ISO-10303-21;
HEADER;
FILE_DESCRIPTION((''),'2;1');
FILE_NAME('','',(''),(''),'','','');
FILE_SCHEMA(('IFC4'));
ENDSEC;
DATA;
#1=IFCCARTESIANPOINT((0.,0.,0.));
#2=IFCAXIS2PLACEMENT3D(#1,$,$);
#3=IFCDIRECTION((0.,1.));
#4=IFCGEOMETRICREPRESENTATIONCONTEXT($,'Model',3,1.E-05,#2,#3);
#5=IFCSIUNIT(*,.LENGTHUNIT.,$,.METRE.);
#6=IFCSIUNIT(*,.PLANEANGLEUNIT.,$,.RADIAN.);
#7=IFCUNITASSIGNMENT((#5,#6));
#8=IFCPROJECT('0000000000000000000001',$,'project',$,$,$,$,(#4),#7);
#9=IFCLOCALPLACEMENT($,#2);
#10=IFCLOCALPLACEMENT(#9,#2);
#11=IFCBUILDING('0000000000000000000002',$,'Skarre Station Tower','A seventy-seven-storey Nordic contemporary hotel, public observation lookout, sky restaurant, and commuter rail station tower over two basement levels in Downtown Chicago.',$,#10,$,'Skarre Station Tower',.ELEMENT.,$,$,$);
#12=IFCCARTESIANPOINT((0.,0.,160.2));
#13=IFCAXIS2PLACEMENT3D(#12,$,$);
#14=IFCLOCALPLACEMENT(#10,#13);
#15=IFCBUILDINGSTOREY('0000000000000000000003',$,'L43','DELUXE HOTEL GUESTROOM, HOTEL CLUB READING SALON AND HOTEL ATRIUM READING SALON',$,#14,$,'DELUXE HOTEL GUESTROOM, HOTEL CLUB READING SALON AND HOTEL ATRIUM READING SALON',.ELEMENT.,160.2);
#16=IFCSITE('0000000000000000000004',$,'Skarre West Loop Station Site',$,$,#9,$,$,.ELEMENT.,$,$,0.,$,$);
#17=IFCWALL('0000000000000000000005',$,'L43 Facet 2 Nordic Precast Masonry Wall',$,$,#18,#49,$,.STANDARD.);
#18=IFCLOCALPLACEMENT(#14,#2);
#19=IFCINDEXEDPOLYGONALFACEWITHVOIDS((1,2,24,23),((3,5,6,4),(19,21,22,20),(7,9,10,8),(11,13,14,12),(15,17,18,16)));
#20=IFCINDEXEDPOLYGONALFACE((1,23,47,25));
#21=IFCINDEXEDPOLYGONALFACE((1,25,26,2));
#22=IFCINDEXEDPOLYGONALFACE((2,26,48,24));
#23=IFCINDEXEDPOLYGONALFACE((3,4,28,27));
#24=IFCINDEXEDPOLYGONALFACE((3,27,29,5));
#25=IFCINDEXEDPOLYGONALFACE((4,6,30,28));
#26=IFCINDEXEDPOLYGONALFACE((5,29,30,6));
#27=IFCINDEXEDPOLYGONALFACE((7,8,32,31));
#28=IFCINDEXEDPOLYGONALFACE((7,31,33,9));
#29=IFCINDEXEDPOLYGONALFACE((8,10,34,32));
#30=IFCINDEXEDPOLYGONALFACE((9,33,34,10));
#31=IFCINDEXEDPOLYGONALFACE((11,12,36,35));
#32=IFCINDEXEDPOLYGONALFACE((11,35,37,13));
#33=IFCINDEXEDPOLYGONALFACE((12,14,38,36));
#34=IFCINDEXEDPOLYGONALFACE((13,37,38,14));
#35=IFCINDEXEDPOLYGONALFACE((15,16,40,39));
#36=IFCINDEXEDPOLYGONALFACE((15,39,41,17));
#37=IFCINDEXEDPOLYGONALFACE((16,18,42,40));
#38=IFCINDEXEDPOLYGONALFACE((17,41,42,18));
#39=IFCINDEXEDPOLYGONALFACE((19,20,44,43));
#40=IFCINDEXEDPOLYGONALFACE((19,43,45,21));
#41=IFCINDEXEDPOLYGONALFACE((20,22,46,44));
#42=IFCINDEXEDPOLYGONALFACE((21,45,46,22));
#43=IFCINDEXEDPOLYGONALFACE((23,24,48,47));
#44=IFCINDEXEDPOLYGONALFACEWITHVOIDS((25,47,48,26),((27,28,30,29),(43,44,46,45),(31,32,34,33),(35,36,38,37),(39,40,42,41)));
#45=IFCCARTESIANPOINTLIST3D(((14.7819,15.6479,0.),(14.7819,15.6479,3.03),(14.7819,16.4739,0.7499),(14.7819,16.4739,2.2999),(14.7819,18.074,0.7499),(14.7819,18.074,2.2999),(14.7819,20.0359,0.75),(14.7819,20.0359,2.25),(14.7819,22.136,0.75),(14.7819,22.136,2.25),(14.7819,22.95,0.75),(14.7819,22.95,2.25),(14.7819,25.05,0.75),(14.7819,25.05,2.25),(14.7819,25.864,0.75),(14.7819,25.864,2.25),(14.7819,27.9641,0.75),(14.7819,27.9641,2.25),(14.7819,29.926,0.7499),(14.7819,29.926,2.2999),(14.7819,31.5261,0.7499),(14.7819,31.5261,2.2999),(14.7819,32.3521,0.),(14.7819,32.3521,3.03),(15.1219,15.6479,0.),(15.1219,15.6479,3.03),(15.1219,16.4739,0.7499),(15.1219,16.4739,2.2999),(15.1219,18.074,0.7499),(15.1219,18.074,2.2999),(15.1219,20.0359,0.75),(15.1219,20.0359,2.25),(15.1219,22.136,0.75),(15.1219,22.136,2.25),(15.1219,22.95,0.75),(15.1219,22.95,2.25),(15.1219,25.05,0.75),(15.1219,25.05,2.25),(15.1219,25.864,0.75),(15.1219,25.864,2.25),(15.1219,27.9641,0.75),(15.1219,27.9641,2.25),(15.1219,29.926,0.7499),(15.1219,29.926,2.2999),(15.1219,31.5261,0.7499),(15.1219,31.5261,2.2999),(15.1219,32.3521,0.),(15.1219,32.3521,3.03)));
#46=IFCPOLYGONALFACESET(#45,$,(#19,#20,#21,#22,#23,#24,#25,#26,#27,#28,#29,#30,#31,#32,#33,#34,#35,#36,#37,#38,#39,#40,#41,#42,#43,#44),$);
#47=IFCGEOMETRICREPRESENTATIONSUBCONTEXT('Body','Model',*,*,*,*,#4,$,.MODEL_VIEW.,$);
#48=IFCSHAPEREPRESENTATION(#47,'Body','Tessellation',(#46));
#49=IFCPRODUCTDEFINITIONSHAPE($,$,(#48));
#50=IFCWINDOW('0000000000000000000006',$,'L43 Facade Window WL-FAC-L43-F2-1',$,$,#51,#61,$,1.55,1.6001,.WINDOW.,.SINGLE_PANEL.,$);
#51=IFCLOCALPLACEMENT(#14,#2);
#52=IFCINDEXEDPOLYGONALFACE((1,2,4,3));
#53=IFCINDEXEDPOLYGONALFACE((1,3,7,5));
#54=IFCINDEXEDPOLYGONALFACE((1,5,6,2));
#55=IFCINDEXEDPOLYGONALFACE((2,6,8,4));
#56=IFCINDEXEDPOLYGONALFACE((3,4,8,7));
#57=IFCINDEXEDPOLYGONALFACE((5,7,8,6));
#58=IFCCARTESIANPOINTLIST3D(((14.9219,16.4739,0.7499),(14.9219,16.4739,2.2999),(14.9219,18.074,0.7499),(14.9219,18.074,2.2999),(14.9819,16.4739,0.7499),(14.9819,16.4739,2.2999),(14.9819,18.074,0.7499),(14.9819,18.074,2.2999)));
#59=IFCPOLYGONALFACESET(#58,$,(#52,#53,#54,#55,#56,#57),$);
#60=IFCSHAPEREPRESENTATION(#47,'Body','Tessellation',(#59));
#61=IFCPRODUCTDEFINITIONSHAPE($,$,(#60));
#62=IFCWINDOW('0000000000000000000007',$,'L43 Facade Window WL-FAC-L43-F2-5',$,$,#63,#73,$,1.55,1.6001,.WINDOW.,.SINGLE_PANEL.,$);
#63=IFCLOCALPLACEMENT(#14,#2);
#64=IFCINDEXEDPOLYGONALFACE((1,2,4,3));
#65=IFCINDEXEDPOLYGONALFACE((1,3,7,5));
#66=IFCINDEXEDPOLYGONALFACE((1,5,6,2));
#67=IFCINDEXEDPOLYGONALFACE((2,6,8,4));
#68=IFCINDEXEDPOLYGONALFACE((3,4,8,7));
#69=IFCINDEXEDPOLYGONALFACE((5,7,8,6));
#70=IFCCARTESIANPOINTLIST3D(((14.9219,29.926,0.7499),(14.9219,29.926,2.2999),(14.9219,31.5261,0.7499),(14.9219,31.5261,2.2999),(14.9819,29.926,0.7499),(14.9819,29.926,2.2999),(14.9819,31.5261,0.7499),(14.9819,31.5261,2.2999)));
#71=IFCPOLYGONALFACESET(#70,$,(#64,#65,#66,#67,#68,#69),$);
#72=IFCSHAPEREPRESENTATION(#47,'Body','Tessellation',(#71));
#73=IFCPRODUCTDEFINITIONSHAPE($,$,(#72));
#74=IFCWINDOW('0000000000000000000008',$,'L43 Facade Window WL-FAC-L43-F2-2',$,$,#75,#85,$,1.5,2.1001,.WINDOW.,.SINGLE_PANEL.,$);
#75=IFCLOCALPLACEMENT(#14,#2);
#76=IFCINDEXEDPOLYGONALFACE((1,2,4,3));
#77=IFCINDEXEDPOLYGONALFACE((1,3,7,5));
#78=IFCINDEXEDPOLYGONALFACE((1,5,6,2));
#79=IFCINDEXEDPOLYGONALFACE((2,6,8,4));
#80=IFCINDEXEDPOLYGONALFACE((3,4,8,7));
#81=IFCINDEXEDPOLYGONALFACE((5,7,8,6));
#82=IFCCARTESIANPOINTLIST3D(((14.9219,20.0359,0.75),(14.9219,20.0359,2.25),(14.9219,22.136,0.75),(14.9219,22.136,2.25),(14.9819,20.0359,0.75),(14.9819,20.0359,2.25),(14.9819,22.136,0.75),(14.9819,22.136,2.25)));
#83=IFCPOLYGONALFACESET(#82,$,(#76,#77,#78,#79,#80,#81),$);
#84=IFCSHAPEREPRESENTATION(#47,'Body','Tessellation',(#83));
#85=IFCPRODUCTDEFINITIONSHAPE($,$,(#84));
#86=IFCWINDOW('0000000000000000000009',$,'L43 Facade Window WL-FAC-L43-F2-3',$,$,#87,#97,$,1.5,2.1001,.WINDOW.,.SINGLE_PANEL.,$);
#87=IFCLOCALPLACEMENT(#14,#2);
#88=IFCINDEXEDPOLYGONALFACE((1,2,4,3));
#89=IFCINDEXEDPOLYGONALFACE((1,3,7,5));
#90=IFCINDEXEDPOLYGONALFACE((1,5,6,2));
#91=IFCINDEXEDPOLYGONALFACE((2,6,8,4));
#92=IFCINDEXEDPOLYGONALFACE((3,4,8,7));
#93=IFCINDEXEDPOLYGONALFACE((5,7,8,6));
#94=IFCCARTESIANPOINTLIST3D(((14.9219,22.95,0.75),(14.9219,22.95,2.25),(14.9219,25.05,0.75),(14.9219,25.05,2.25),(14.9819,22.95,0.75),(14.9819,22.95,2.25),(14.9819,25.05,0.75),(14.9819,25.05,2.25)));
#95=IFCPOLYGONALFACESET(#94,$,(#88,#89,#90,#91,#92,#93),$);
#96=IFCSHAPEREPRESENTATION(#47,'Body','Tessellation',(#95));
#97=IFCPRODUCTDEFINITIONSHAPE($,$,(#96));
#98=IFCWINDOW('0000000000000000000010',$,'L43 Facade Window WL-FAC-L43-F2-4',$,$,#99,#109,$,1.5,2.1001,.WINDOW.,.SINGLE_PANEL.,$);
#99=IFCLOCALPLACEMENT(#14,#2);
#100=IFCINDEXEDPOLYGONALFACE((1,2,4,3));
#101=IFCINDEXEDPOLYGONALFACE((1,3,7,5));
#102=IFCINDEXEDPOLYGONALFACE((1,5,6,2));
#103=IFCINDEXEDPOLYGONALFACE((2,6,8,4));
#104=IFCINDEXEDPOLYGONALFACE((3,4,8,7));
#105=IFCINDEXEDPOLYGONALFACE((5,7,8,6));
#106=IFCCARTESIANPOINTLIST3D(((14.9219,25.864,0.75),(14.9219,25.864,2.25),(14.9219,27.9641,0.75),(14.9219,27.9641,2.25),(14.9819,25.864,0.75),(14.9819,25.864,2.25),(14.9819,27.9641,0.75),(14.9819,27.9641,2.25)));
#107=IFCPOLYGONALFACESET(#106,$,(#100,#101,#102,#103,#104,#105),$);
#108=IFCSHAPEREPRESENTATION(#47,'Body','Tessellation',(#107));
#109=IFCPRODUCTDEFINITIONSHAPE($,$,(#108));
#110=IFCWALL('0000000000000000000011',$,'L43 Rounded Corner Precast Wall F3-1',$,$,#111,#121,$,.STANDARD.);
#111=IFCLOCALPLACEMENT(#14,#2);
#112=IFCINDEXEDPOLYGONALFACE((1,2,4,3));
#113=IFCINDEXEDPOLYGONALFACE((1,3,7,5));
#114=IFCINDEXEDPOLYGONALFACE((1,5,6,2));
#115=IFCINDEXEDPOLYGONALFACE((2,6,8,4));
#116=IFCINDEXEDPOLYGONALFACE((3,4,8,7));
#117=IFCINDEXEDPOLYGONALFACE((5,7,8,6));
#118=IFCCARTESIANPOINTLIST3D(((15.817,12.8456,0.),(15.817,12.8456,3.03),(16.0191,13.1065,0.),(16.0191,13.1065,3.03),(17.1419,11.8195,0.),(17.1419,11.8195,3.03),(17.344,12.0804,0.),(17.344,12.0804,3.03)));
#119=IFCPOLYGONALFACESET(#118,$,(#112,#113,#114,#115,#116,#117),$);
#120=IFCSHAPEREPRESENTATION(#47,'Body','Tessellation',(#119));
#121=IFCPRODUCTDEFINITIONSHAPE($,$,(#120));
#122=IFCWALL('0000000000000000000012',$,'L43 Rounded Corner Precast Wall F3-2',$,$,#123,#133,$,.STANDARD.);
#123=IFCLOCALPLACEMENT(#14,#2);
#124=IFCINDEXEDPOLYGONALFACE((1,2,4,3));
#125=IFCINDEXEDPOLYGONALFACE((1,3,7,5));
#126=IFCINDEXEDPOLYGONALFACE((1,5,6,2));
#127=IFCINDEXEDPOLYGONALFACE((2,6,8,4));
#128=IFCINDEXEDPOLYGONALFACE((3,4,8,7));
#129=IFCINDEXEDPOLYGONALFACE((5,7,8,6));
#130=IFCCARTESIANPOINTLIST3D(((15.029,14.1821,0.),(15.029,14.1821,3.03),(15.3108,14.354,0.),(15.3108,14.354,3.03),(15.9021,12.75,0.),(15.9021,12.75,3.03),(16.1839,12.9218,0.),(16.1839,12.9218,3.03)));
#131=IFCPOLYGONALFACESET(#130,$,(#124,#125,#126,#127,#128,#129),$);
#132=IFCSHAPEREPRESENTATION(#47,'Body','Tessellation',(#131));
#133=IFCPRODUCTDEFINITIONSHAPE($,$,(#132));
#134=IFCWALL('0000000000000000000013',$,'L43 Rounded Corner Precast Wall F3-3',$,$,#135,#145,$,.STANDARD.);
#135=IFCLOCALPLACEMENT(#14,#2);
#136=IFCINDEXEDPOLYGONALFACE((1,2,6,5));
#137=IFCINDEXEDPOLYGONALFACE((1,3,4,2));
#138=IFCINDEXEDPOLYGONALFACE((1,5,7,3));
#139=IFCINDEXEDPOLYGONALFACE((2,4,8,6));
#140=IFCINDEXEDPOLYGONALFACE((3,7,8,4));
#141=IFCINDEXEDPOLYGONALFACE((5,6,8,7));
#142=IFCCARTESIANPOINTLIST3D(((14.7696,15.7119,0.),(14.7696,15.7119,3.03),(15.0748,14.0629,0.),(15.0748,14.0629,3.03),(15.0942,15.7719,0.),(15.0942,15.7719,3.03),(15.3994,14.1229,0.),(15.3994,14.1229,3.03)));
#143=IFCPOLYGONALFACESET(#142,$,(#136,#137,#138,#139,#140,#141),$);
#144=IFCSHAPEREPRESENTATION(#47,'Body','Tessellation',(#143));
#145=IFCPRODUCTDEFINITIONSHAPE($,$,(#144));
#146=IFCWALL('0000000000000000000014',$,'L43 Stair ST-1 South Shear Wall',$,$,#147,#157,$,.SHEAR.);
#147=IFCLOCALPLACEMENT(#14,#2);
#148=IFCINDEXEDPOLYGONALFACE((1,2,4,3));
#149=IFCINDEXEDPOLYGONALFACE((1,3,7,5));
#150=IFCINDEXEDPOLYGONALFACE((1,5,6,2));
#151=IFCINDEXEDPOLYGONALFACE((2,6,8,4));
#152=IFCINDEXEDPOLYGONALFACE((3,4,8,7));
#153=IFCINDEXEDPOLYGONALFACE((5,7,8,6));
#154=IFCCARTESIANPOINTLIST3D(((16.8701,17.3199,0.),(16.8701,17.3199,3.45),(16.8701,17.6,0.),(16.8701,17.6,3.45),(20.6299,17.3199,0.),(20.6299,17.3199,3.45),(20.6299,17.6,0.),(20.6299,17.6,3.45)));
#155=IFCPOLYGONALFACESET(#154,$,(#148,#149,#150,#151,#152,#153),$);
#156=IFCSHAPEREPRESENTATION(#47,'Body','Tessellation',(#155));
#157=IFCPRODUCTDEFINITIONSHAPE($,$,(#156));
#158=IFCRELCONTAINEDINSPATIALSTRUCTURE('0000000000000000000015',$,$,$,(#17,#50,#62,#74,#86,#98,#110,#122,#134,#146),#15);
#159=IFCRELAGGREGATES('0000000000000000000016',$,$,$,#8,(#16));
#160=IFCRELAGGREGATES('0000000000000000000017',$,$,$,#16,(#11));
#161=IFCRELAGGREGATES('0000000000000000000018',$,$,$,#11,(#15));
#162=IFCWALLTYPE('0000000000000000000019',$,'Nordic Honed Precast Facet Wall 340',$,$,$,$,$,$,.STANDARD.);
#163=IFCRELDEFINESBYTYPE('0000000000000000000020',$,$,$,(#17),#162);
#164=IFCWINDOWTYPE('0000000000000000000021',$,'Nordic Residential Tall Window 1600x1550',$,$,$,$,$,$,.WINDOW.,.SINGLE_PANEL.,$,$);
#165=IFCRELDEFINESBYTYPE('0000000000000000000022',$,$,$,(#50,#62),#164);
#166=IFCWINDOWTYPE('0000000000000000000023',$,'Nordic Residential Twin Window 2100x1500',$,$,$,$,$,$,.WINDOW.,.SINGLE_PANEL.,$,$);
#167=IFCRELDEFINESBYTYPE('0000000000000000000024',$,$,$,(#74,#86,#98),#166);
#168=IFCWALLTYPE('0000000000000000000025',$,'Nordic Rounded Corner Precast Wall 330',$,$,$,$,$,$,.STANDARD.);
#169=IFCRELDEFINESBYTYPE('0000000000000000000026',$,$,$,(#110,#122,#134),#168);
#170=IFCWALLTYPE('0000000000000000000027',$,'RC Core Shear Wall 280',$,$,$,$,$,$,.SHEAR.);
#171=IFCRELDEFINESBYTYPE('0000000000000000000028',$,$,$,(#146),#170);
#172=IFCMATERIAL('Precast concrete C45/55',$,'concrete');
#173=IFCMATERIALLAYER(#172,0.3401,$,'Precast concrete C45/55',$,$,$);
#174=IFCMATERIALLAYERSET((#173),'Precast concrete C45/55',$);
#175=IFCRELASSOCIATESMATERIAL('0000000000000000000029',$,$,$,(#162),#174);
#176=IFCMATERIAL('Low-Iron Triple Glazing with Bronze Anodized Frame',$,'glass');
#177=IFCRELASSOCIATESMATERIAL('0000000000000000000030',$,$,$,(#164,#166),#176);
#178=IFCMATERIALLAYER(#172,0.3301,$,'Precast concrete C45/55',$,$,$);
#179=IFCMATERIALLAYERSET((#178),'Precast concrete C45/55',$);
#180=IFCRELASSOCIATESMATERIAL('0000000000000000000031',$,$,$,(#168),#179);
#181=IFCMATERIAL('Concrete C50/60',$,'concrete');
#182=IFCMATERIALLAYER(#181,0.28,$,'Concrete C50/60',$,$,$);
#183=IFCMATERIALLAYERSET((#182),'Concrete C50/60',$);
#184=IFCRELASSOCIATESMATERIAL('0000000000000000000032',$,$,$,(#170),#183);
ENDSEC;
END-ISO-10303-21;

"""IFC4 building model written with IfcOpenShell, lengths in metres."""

from ifc_helpers import new_model, si_unit, direction, frame, frame_2d, origin, place, context, subcontext, project, spatial, rectangle, extrude, material, layer, layer_set, type_object, element, fill, save


model = new_model("IFC4")

# Units and contexts
model_context = context("Model", 3, precision=1e-05, world=origin(), true_north=direction((0.0, 1.0)))
body_context = subcontext(model_context, "Body", "Model", "MODEL_VIEW")
ifc_project = project(units=[si_unit("LENGTHUNIT", "METRE"), si_unit("PLANEANGLEUNIT", "RADIAN")], contexts=[model_context])

# Site, building, storey
site_placement = place(None, origin())
site = spatial("IfcSite", under=ifc_project, at=site_placement, Name="Skarre West Loop Station Site", CompositionType="ELEMENT", RefElevation=0.0)
building_placement = place(site_placement, origin())
building = spatial("IfcBuilding", under=site, at=building_placement, Name="Skarre Station Tower", Description="A seventy-seven-storey Nordic contemporary hotel, public observation lookout, sky restaurant, and commuter rail station tower over two basement levels in Downtown Chicago.", LongName="Skarre Station Tower", CompositionType="ELEMENT")
storey_placement = place(building_placement, frame((0.0, 0.0, 160.2)))
storey = spatial("IfcBuildingStorey", under=building, at=storey_placement, Name="L43", Description="DELUXE HOTEL GUESTROOM, HOTEL CLUB READING SALON AND HOTEL ATRIUM READING SALON", LongName="DELUXE HOTEL GUESTROOM, HOTEL CLUB READING SALON AND HOTEL ATRIUM READING SALON", CompositionType="ELEMENT", Elevation=160.2)

# Shared definitions
ifc_material_1 = material(Name="Concrete C50/60", Category="concrete")

# Wall, openings, windows
ifc_material_2 = material(Name="Precast concrete C45/55", Category="concrete")
ifc_layer_1 = layer(ifc_material_2, 0.3401, Name="Precast concrete C45/55")
ifc_layer_set_1 = layer_set([ifc_layer_1], Name="Precast concrete C45/55")
wall_type_1 = type_object("IfcWallType", Name="Nordic Honed Precast Facet Wall 340", PredefinedType="STANDARD", material=ifc_layer_set_1)
wall_1_placement = place(storey_placement, frame((14.9519, 15.6479, 0.0), z_axis=(0.0, 0.0, 1.0), x_axis=(0.0, 1.0, 0.0)))
wall_1 = element("IfcWall", 1, at=wall_1_placement, inside=storey, type_object=wall_type_1, Name="L43 Facet 2 Nordic Precast Masonry Wall", PredefinedType="STANDARD", context=body_context, shape_type="SweptSolid", body=[
    extrude(rectangle(XDim=16.7041, YDim=0.3401, at=frame_2d((8.3521, 0.0))), origin(), (0.0, 0.0, 1.0), 3.03),
])
opening_1_placement = place(wall_1_placement, frame((0.8259, 0.0, 0.75)))
opening_1 = element("IfcOpeningElement", 2, at=opening_1_placement, cuts=wall_1, PredefinedType="OPENING", context=body_context, shape_type="SweptSolid", body=[
    extrude(rectangle(XDim=1.6001, YDim=1.55, at=frame_2d((0.8, 0.7749))), frame((0.0, 0.1799, 0.0), z_axis=(0.0, -1.0, 0.0), x_axis=(1.0, 0.0, 0.0)), (0.0, 0.0, 1.0), 0.3601),
])
opening_2_placement = place(wall_1_placement, frame((4.3879, 0.0, 0.75)))
opening_2 = element("IfcOpeningElement", 3, at=opening_2_placement, cuts=wall_1, PredefinedType="OPENING", context=body_context, shape_type="SweptSolid", body=[
    extrude(rectangle(XDim=2.1001, YDim=1.5, at=frame_2d((1.05, 0.75))), frame((0.0, 0.1799, 0.0), z_axis=(0.0, -1.0, 0.0), x_axis=(1.0, 0.0, 0.0)), (0.0, 0.0, 1.0), 0.3601),
])
opening_3_placement = place(wall_1_placement, frame((7.302, 0.0, 0.75)))
opening_3 = element("IfcOpeningElement", 4, at=opening_3_placement, cuts=wall_1, PredefinedType="OPENING", context=body_context, shape_type="SweptSolid", body=[
    extrude(rectangle(XDim=2.1001, YDim=1.5, at=frame_2d((1.05, 0.75))), frame((0.0, 0.1799, 0.0), z_axis=(0.0, -1.0, 0.0), x_axis=(1.0, 0.0, 0.0)), (0.0, 0.0, 1.0), 0.3601),
])
opening_4_placement = place(wall_1_placement, frame((10.2161, 0.0, 0.75)))
opening_4 = element("IfcOpeningElement", 5, at=opening_4_placement, cuts=wall_1, PredefinedType="OPENING", context=body_context, shape_type="SweptSolid", body=[
    extrude(rectangle(XDim=2.1001, YDim=1.5, at=frame_2d((1.05, 0.75))), frame((0.0, 0.1799, 0.0), z_axis=(0.0, -1.0, 0.0), x_axis=(1.0, 0.0, 0.0)), (0.0, 0.0, 1.0), 0.3601),
])
opening_5_placement = place(wall_1_placement, frame((14.2781, 0.0, 0.75)))
opening_5 = element("IfcOpeningElement", 6, at=opening_5_placement, cuts=wall_1, PredefinedType="OPENING", context=body_context, shape_type="SweptSolid", body=[
    extrude(rectangle(XDim=1.6001, YDim=1.55, at=frame_2d((0.8, 0.7749))), frame((0.0, 0.1799, 0.0), z_axis=(0.0, -1.0, 0.0), x_axis=(1.0, 0.0, 0.0)), (0.0, 0.0, 1.0), 0.3601),
])
ifc_material_3 = material(Name="Low-Iron Triple Glazing with Bronze Anodized Frame", Category="glass")
window_type_1 = type_object("IfcWindowType", Name="Nordic Residential Tall Window 1600x1550", PartitioningType="SINGLE_PANEL", PredefinedType="WINDOW", material=ifc_material_3)
window_1_placement = place(opening_1_placement, origin())
window_1 = element("IfcWindow", 7, at=window_1_placement, inside=storey, type_object=window_type_1, Name="L43 Facade Window WL-FAC-L43-F2-1", OverallHeight=1.55, OverallWidth=1.6001, PartitioningType="SINGLE_PANEL", PredefinedType="WINDOW", context=body_context, shape_type="SweptSolid", body=[
    extrude(rectangle(XDim=1.6001, YDim=1.55, at=frame_2d((0.8, 0.7749))), frame((0.0, 0.03, 0.0), z_axis=(0.0, -1.0, 0.0), x_axis=(1.0, 0.0, 0.0)), (0.0, 0.0, 1.0), 0.0601),
])
fill(opening_1, window_1)
window_2_placement = place(opening_5_placement, origin())
window_2 = element("IfcWindow", 8, at=window_2_placement, inside=storey, type_object=window_type_1, Name="L43 Facade Window WL-FAC-L43-F2-5", OverallHeight=1.55, OverallWidth=1.6001, PartitioningType="SINGLE_PANEL", PredefinedType="WINDOW", context=body_context, shape_type="SweptSolid", body=[
    extrude(rectangle(XDim=1.6001, YDim=1.55, at=frame_2d((0.8, 0.7749))), frame((0.0, 0.03, 0.0), z_axis=(0.0, -1.0, 0.0), x_axis=(1.0, 0.0, 0.0)), (0.0, 0.0, 1.0), 0.0601),
])
fill(opening_5, window_2)
window_type_2 = type_object("IfcWindowType", Name="Nordic Residential Twin Window 2100x1500", PartitioningType="SINGLE_PANEL", PredefinedType="WINDOW", material=ifc_material_3)
window_3_placement = place(opening_2_placement, origin())
window_3 = element("IfcWindow", 9, at=window_3_placement, inside=storey, type_object=window_type_2, Name="L43 Facade Window WL-FAC-L43-F2-2", OverallHeight=1.5, OverallWidth=2.1001, PartitioningType="SINGLE_PANEL", PredefinedType="WINDOW", context=body_context, shape_type="SweptSolid", body=[
    extrude(rectangle(XDim=2.1001, YDim=1.5, at=frame_2d((1.05, 0.75))), frame((0.0, 0.03, 0.0), z_axis=(0.0, -1.0, 0.0), x_axis=(1.0, 0.0, 0.0)), (0.0, 0.0, 1.0), 0.0601),
])
fill(opening_2, window_3)
window_4_placement = place(opening_3_placement, origin())
window_4 = element("IfcWindow", 10, at=window_4_placement, inside=storey, type_object=window_type_2, Name="L43 Facade Window WL-FAC-L43-F2-3", OverallHeight=1.5, OverallWidth=2.1001, PartitioningType="SINGLE_PANEL", PredefinedType="WINDOW", context=body_context, shape_type="SweptSolid", body=[
    extrude(rectangle(XDim=2.1001, YDim=1.5, at=frame_2d((1.05, 0.75))), frame((0.0, 0.03, 0.0), z_axis=(0.0, -1.0, 0.0), x_axis=(1.0, 0.0, 0.0)), (0.0, 0.0, 1.0), 0.0601),
])
fill(opening_3, window_4)
window_5_placement = place(opening_4_placement, origin())
window_5 = element("IfcWindow", 11, at=window_5_placement, inside=storey, type_object=window_type_2, Name="L43 Facade Window WL-FAC-L43-F2-4", OverallHeight=1.5, OverallWidth=2.1001, PartitioningType="SINGLE_PANEL", PredefinedType="WINDOW", context=body_context, shape_type="SweptSolid", body=[
    extrude(rectangle(XDim=2.1001, YDim=1.5, at=frame_2d((1.05, 0.75))), frame((0.0, 0.03, 0.0), z_axis=(0.0, -1.0, 0.0), x_axis=(1.0, 0.0, 0.0)), (0.0, 0.0, 1.0), 0.0601),
])
fill(opening_4, window_5)

# Walls
ifc_layer_2 = layer(ifc_material_2, 0.3301, Name="Precast concrete C45/55")
ifc_layer_set_2 = layer_set([ifc_layer_2], Name="Precast concrete C45/55")
wall_type_2 = type_object("IfcWallType", Name="Nordic Rounded Corner Precast Wall 330", PredefinedType="STANDARD", material=ifc_layer_set_2)
wall_2_placement = place(storey_placement, frame((17.2429, 11.95, 0.0), z_axis=(0.0, 0.0, 1.0), x_axis=(-0.790621, 0.612305, 0.0)))
element("IfcWall", 12, at=wall_2_placement, inside=storey, type_object=wall_type_2, Name="L43 Rounded Corner Precast Wall F3-1", PredefinedType="STANDARD", context=body_context, shape_type="SweptSolid", body=[
    extrude(rectangle(XDim=1.6758, YDim=0.3301, at=frame_2d((0.8379, 0.0))), origin(), (0.0, 0.0, 1.0), 3.03),
])
wall_3_placement = place(storey_placement, frame((16.043, 12.8359, 0.0), z_axis=(0.0, 0.0, 1.0), x_axis=(-0.520519, 0.85385, 0.0)))
element("IfcWall", 13, at=wall_3_placement, inside=storey, type_object=wall_type_2, Name="L43 Rounded Corner Precast Wall F3-2", PredefinedType="STANDARD", context=body_context, shape_type="SweptSolid", body=[
    extrude(rectangle(XDim=1.6772, YDim=0.3301, at=frame_2d((0.8386, 0.0))), origin(), (0.0, 0.0, 1.0), 3.03),
])
wall_4_placement = place(storey_placement, frame((15.2371, 14.093, 0.0), z_axis=(0.0, 0.0, 1.0), x_axis=(-0.181985, 0.983301, 0.0)))
element("IfcWall", 14, at=wall_4_placement, inside=storey, type_object=wall_type_2, Name="L43 Rounded Corner Precast Wall F3-3", PredefinedType="STANDARD", context=body_context, shape_type="SweptSolid", body=[
    extrude(rectangle(XDim=1.677, YDim=0.3301, at=frame_2d((0.8384, 0.0))), origin(), (0.0, 0.0, 1.0), 3.03),
])
ifc_layer_3 = layer(ifc_material_1, 0.28, Name="Concrete C50/60")
ifc_layer_set_3 = layer_set([ifc_layer_3], Name="Concrete C50/60")
wall_type_3 = type_object("IfcWallType", Name="RC Core Shear Wall 280", PredefinedType="SHEAR", material=ifc_layer_set_3)
wall_5_placement = place(storey_placement, frame((16.8701, 17.46, 0.0), z_axis=(0.0, 0.0, 1.0), x_axis=(1.0, 0.0, 0.0)))
element("IfcWall", 15, at=wall_5_placement, inside=storey, type_object=wall_type_3, Name="L43 Stair ST-1 South Shear Wall", PredefinedType="SHEAR", context=body_context, shape_type="SweptSolid", body=[
    extrude(rectangle(XDim=3.7598, YDim=0.28, at=frame_2d((1.8799, 0.0))), origin(), (0.0, 0.0, 1.0), 3.45),
])

save(model, "model.ifc")
